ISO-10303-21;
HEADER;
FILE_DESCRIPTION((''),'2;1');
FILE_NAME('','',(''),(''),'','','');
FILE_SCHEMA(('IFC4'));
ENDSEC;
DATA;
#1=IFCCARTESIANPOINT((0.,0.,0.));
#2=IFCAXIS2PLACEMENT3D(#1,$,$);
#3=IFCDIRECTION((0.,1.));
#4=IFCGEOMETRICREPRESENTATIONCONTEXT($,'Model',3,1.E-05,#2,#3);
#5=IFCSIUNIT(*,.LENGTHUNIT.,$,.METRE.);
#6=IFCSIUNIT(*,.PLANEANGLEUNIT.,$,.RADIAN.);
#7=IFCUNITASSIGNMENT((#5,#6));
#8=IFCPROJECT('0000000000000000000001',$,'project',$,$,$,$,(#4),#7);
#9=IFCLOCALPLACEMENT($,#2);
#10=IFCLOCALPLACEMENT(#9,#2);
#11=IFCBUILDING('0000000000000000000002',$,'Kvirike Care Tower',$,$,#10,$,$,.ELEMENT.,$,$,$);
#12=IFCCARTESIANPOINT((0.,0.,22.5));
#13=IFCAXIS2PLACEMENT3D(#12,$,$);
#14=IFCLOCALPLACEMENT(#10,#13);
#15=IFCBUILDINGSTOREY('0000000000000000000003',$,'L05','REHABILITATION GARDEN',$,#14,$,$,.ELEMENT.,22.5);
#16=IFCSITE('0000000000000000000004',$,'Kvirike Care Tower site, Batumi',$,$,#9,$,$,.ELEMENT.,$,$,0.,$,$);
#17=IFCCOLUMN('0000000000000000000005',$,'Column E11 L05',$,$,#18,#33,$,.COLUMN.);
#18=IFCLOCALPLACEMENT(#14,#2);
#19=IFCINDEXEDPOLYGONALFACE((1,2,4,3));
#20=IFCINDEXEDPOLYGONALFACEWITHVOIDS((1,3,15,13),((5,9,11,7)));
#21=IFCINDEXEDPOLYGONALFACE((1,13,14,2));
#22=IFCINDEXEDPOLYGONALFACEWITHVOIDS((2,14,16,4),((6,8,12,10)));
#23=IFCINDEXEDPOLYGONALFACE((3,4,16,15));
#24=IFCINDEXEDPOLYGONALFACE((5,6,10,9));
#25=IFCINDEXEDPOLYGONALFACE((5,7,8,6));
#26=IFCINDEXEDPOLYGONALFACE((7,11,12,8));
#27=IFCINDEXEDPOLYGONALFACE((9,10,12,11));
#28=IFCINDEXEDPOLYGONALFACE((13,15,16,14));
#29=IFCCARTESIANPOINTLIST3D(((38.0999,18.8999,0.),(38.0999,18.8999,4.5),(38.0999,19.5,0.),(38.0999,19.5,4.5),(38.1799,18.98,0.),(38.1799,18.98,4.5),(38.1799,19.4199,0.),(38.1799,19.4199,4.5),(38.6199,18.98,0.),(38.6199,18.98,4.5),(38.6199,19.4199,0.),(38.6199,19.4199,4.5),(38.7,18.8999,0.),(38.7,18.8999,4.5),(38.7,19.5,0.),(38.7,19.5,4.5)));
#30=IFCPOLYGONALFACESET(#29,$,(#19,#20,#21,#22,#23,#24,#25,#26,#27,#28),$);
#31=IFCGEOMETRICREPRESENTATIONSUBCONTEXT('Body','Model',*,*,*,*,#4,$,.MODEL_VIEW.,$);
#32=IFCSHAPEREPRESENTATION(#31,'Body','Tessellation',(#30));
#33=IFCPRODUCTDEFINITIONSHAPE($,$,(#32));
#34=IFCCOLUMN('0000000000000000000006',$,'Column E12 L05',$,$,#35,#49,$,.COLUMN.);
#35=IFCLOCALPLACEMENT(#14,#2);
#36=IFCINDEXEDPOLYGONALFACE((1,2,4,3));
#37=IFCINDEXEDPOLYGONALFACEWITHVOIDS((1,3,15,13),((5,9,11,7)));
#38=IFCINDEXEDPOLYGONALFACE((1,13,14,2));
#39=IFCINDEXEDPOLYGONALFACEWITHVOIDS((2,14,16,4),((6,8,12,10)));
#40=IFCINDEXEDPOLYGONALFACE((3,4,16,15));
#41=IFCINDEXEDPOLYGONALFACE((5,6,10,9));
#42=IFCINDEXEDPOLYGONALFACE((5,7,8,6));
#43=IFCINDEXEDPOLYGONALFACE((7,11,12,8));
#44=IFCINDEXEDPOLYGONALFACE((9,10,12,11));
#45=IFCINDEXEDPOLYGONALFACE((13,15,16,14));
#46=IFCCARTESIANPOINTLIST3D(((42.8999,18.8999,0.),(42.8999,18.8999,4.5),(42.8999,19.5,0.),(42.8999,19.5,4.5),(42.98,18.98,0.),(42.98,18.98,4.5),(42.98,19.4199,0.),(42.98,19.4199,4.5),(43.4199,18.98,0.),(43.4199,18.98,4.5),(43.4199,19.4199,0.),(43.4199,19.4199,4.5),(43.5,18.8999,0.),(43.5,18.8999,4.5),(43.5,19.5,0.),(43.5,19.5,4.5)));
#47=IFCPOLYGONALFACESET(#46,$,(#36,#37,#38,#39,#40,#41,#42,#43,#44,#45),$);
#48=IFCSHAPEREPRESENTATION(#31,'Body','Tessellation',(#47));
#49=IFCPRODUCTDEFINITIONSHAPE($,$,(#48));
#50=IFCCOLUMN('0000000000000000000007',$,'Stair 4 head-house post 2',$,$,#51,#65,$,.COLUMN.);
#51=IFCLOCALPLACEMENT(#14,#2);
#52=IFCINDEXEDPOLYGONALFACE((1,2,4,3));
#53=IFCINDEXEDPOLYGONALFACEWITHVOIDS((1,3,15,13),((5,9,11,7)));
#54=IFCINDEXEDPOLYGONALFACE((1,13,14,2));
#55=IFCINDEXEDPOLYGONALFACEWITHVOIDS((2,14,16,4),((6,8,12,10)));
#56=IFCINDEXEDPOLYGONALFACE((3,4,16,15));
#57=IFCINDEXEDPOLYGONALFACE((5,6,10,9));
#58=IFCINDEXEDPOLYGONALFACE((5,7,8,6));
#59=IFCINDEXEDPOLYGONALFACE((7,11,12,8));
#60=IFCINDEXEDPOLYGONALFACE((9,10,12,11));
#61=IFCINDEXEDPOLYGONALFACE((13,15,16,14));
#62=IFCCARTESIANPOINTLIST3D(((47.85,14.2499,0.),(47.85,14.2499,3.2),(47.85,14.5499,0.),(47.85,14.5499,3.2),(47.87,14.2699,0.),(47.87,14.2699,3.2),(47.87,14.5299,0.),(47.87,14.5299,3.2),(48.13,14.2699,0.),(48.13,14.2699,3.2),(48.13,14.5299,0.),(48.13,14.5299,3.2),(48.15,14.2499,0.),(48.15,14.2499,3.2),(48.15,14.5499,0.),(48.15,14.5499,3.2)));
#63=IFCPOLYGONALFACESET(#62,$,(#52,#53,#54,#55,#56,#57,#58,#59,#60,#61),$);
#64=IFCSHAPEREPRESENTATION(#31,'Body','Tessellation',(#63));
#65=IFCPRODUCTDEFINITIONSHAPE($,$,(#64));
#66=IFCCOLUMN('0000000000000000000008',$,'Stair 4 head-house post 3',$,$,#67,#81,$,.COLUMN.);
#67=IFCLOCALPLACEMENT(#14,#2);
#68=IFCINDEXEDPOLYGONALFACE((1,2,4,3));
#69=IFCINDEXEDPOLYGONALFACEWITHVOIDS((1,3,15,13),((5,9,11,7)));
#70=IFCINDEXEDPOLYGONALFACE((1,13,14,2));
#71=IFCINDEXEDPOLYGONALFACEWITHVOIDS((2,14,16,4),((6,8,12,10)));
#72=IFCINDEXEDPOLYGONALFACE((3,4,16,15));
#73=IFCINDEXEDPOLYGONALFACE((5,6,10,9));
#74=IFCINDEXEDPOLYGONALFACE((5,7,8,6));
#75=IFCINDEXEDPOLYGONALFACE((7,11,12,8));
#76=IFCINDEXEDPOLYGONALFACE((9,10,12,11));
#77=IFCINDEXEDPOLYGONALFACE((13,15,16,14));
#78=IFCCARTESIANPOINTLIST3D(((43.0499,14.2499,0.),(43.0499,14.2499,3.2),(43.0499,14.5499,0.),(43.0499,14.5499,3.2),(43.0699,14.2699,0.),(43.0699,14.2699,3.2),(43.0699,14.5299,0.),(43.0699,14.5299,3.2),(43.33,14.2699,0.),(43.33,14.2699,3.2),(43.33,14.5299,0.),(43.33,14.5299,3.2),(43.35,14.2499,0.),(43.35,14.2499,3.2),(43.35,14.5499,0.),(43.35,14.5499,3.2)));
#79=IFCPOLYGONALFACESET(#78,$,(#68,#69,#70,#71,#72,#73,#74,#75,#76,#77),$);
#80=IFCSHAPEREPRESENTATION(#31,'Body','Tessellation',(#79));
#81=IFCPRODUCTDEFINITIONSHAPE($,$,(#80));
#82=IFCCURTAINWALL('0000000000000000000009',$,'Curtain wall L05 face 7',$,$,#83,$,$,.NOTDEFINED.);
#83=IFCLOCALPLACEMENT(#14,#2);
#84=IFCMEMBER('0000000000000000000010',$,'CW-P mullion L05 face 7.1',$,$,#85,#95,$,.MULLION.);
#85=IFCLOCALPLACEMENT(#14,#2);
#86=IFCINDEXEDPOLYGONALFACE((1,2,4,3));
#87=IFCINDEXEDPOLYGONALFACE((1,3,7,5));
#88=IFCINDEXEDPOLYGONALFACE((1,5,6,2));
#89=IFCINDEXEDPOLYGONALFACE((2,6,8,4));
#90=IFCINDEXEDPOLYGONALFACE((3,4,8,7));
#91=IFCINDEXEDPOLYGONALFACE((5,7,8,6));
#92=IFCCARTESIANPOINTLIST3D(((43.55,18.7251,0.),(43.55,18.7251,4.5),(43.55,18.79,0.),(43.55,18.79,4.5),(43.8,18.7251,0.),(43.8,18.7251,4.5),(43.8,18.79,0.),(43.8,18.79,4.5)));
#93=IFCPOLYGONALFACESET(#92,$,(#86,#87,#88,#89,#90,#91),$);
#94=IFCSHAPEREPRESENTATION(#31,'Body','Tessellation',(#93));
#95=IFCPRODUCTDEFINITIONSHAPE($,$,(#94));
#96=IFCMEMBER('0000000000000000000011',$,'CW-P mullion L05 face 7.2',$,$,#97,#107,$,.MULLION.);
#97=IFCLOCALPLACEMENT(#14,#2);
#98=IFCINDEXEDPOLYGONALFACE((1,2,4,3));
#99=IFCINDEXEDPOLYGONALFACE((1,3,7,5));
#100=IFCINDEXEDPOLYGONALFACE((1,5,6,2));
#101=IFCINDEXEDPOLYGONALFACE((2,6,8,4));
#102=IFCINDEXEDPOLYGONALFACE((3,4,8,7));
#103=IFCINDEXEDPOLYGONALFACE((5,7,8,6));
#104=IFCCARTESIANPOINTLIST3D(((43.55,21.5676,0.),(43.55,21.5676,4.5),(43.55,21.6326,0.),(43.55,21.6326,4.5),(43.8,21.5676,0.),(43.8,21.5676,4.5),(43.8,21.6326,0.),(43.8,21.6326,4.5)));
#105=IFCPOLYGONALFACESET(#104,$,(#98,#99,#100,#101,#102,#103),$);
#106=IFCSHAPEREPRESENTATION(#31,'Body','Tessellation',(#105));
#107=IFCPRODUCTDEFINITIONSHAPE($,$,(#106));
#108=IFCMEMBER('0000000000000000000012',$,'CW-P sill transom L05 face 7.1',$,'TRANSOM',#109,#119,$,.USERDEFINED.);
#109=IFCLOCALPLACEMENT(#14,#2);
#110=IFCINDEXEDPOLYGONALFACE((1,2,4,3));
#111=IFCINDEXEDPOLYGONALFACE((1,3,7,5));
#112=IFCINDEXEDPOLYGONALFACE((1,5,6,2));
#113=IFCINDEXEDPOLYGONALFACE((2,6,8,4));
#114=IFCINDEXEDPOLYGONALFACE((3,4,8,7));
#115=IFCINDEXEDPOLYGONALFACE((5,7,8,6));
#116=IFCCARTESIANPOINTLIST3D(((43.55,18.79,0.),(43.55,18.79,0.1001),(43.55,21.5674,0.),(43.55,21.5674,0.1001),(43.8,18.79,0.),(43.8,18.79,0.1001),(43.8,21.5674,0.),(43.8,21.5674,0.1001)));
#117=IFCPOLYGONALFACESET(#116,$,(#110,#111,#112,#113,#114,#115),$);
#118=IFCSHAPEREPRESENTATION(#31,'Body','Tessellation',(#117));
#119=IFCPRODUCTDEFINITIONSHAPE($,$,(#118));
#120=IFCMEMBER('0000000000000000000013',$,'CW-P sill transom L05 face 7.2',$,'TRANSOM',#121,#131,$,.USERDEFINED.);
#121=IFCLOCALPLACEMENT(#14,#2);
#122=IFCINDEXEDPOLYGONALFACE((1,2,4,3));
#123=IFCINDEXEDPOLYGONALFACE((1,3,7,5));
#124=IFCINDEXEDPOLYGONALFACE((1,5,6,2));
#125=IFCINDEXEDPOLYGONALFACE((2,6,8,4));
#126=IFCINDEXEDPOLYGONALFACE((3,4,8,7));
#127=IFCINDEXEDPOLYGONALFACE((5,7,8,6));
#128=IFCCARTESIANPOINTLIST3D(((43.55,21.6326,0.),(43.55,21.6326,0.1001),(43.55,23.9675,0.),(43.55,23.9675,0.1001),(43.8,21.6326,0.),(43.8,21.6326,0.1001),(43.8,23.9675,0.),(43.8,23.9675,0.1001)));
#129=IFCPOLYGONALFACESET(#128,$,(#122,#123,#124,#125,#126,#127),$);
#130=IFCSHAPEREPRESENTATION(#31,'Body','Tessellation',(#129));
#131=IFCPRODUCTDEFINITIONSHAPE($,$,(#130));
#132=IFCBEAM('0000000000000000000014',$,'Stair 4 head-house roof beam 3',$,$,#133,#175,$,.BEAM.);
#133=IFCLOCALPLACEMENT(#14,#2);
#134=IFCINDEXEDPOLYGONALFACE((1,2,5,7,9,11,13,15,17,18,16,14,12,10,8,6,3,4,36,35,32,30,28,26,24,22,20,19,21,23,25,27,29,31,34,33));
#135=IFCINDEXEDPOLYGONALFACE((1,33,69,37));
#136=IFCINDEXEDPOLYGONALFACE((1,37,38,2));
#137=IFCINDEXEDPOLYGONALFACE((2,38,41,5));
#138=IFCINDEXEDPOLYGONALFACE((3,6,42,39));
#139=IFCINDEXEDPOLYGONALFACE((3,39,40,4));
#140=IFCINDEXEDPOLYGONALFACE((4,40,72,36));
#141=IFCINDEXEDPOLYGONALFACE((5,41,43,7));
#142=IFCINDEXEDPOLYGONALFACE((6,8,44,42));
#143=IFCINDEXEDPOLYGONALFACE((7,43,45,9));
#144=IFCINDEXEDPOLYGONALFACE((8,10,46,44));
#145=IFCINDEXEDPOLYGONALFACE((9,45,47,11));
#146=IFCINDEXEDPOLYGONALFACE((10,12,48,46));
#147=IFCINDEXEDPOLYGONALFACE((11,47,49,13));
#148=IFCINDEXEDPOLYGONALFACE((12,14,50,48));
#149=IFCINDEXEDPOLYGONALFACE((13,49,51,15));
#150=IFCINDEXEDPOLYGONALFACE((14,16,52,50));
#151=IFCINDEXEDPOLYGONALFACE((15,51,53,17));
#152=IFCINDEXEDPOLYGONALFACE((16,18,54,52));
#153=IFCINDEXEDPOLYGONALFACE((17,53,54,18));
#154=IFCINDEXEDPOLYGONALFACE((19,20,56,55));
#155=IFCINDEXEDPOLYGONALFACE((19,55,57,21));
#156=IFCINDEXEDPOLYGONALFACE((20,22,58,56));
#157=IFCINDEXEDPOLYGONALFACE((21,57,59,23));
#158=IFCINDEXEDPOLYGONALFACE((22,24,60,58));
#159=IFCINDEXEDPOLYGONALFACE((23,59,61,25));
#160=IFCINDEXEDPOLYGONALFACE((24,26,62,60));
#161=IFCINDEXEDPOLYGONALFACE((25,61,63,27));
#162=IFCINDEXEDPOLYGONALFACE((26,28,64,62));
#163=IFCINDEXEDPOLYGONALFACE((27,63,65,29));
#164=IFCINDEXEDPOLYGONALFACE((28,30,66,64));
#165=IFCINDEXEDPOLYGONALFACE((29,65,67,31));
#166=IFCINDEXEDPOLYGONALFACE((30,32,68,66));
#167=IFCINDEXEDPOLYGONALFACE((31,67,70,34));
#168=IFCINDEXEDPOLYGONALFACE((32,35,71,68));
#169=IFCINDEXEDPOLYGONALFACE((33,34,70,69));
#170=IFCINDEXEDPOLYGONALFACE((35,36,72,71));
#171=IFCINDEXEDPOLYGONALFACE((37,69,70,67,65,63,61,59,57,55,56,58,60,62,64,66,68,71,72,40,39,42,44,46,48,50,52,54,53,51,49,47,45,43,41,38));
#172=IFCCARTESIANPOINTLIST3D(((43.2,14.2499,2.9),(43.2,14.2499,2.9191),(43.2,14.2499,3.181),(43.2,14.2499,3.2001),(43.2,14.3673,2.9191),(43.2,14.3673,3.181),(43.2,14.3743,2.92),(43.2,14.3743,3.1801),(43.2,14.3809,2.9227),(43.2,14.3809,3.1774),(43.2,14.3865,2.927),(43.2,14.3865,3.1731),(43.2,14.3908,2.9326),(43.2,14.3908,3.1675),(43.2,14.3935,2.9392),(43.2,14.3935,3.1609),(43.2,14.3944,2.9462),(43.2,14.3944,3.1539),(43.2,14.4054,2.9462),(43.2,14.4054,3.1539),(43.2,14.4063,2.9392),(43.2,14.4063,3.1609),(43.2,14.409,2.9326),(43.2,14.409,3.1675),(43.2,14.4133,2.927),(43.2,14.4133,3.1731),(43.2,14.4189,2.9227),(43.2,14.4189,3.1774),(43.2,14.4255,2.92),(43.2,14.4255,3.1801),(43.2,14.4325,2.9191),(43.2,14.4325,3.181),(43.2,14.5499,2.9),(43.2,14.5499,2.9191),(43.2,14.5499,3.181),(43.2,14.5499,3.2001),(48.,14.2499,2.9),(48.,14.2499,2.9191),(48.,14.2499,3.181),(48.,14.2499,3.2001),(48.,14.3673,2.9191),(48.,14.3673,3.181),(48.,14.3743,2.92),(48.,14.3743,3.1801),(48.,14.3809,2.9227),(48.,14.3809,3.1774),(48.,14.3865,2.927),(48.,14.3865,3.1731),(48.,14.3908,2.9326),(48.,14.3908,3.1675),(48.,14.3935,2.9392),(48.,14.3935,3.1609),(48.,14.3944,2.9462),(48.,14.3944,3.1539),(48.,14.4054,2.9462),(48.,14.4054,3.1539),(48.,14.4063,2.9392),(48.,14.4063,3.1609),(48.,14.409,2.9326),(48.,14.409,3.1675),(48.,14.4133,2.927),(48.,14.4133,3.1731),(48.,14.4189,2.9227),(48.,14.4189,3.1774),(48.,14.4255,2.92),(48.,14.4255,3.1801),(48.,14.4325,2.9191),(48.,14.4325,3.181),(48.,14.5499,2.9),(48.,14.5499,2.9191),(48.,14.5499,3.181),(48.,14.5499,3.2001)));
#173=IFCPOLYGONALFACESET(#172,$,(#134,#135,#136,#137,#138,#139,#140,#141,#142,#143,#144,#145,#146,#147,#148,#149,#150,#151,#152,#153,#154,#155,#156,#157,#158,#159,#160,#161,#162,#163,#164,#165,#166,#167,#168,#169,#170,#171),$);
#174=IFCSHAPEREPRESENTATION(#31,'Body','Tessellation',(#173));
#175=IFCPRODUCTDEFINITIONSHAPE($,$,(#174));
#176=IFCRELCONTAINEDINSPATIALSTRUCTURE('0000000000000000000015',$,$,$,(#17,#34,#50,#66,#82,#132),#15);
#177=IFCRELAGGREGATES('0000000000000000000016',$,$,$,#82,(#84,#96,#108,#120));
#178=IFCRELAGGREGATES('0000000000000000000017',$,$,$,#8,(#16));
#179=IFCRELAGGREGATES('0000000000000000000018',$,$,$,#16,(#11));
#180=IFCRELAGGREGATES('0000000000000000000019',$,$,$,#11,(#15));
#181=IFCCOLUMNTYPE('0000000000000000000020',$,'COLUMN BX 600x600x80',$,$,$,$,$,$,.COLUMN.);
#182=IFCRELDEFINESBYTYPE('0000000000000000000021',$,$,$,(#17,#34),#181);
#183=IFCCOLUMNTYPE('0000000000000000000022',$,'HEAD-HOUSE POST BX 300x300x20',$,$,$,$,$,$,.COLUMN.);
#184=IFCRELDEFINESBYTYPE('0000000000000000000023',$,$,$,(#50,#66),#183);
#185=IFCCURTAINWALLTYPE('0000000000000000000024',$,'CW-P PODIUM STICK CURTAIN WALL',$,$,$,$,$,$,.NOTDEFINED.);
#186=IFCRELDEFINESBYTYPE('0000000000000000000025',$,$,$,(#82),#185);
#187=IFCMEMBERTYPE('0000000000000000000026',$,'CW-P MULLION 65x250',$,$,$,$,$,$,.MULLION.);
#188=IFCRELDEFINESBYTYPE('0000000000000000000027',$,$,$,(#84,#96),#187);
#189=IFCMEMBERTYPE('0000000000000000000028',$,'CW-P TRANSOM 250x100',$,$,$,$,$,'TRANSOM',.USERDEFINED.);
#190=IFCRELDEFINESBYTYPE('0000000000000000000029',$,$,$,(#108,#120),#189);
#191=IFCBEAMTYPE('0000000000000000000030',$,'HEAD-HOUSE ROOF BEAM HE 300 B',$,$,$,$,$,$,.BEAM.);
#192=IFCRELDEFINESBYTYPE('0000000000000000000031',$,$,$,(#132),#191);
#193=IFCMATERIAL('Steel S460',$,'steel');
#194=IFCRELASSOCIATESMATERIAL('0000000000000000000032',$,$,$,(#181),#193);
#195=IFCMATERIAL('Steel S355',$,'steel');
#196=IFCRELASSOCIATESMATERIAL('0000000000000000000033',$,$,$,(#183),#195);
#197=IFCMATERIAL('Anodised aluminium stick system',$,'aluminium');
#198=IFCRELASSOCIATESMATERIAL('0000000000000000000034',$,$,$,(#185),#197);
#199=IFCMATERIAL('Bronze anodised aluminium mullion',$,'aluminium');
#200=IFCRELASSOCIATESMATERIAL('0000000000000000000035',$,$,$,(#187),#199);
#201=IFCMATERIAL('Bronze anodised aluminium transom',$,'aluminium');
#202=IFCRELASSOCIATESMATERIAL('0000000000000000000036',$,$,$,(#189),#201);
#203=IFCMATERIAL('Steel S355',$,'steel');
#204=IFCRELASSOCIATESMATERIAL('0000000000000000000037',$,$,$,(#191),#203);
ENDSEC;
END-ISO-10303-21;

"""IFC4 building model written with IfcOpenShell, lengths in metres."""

from ifc_helpers import new_model, si_unit, direction, frame, origin, origin_2d, place, context, subcontext, project, spatial, rectangle, hollow_rectangle, i_section, extrude, material, material_profile, profile_set, type_object, element, aggregate, save


model = new_model("IFC4")

# Units and contexts
model_context = context("Model", 3, precision=1e-05, world=origin(), true_north=direction((0.0, 1.0)))
body_context = subcontext(model_context, "Body", "Model", "MODEL_VIEW")
ifc_project = project(units=[si_unit("LENGTHUNIT", "METRE"), si_unit("PLANEANGLEUNIT", "RADIAN")], contexts=[model_context])

# Site, building, storey
site_placement = place(None, origin())
site = spatial("IfcSite", under=ifc_project, at=site_placement, Name="Kvirike Care Tower site, Batumi", CompositionType="ELEMENT", RefElevation=0.0)
building_placement = place(site_placement, origin())
building = spatial("IfcBuilding", under=site, at=building_placement, Name="Kvirike Care Tower", CompositionType="ELEMENT")
storey_placement = place(building_placement, frame((0.0, 0.0, 22.5)))
storey = spatial("IfcBuildingStorey", under=building, at=storey_placement, Name="L05", Description="REHABILITATION GARDEN", CompositionType="ELEMENT", Elevation=22.5)

# Columns
ifc_material_1 = material(Name="Steel S460", Category="steel")
ifc_material_profile_1 = material_profile(ifc_material_1, hollow_rectangle(XDim=0.6001, YDim=0.6001, WallThickness=0.0801, at=origin_2d()), Name="BX 600x600x80")
ifc_profile_set_1 = profile_set([ifc_material_profile_1], Name="Steel S460")
column_type_1 = type_object("IfcColumnType", Name="COLUMN BX 600x600x80", PredefinedType="COLUMN", material=ifc_profile_set_1)
for number, where, z_axis, x_axis, name in (
    (1, (38.3999, 19.2, 0.0), (0.0, 0.0, 1.0), (0.0, 1.0, 0.0), "Column E11 L05"),
    (2, (43.2, 19.2, 0.0), (0.0, 0.0, 1.0), (0.0, 1.0, 0.0), "Column E12 L05"),
):
    element("IfcColumn", number, at=place(storey_placement, frame(where, z_axis=z_axis, x_axis=x_axis)), inside=storey, type_object=column_type_1, Name=name, PredefinedType="COLUMN", context=body_context, shape_type="SweptSolid", body=[
        extrude(hollow_rectangle(XDim=0.6001, YDim=0.6001, WallThickness=0.0801, at=origin_2d()), origin(), (0.0, 0.0, 1.0), 4.5),
    ])
ifc_material_2 = material(Name="Steel S355", Category="steel")
ifc_material_profile_2 = material_profile(ifc_material_2, hollow_rectangle(XDim=0.3, YDim=0.3, WallThickness=0.02, at=origin_2d()), Name="BX 300x300x20")
ifc_profile_set_2 = profile_set([ifc_material_profile_2], Name="Steel S355")
column_type_2 = type_object("IfcColumnType", Name="HEAD-HOUSE POST BX 300x300x20", PredefinedType="COLUMN", material=ifc_profile_set_2)
for number, where, z_axis, x_axis, name in (
    (3, (48.0, 14.3999, 0.0), (0.0, 0.0, 1.0), (1.0, 0.0, 0.0), "Stair 4 head-house post 2"),
    (4, (43.2, 14.3999, 0.0), (0.0, 0.0, 1.0), (1.0, 0.0, 0.0), "Stair 4 head-house post 3"),
):
    element("IfcColumn", number, at=place(storey_placement, frame(where, z_axis=z_axis, x_axis=x_axis)), inside=storey, type_object=column_type_2, Name=name, PredefinedType="COLUMN", context=body_context, shape_type="SweptSolid", body=[
        extrude(hollow_rectangle(XDim=0.3, YDim=0.3, WallThickness=0.02, at=origin_2d()), origin(), (0.0, 0.0, 1.0), 3.2),
    ])

# Curtain wall, members
ifc_material_3 = material(Name="Anodised aluminium stick system", Category="aluminium")
curtain_wall_type = type_object("IfcCurtainWallType", Name="CW-P PODIUM STICK CURTAIN WALL", PredefinedType="NOTDEFINED", material=ifc_material_3)
curtain_wall_placement = place(storey_placement, origin())
curtain_wall = element("IfcCurtainWall", 5, at=curtain_wall_placement, inside=storey, type_object=curtain_wall_type, Name="Curtain wall L05 face 7", PredefinedType="NOTDEFINED")
ifc_material_4 = material(Name="Bronze anodised aluminium mullion", Category="aluminium")
ifc_material_profile_3 = material_profile(ifc_material_4, rectangle(XDim=0.0649, YDim=0.25, at=origin_2d()), Name="CW-P MULLION 65x250")
ifc_profile_set_3 = profile_set([ifc_material_profile_3], Name="Bronze anodised aluminium mullion")
member_type_1 = type_object("IfcMemberType", Name="CW-P MULLION 65x250", PredefinedType="MULLION", material=ifc_profile_set_3)
member_1_placement = place(storey_placement, frame((43.675, 18.7576, 0.0), z_axis=(0.0, 0.0, 1.0), x_axis=(0.0, 1.0, 0.0)))
member_1 = element("IfcMember", 6, at=member_1_placement, type_object=member_type_1, Name="CW-P mullion L05 face 7.1", PredefinedType="MULLION", context=body_context, shape_type="SweptSolid", body=[
    extrude(rectangle(XDim=0.0649, YDim=0.25, at=origin_2d()), origin(), (0.0, 0.0, 1.0), 4.5),
])
member_2_placement = place(storey_placement, frame((43.675, 21.6001, 0.0), z_axis=(0.0, 0.0, 1.0), x_axis=(0.0, 1.0, 0.0)))
member_2 = element("IfcMember", 7, at=member_2_placement, type_object=member_type_1, Name="CW-P mullion L05 face 7.2", PredefinedType="MULLION", context=body_context, shape_type="SweptSolid", body=[
    extrude(rectangle(XDim=0.0649, YDim=0.25, at=origin_2d()), origin(), (0.0, 0.0, 1.0), 4.5),
])
ifc_material_5 = material(Name="Bronze anodised aluminium transom", Category="aluminium")
ifc_material_profile_4 = material_profile(ifc_material_5, rectangle(XDim=0.25, YDim=0.1001, at=origin_2d()), Name="CW-P TRANSOM 250x100")
ifc_profile_set_4 = profile_set([ifc_material_profile_4], Name="Bronze anodised aluminium transom")
member_type_2 = type_object("IfcMemberType", Name="CW-P TRANSOM 250x100", ElementType="TRANSOM", PredefinedType="USERDEFINED", material=ifc_profile_set_4)
member_3_placement = place(storey_placement, frame((43.675, 18.79, 0.05), z_axis=(0.0, 1.0, 0.0), x_axis=(-1.0, 0.0, 0.0)))
member_3 = element("IfcMember", 8, at=member_3_placement, type_object=member_type_2, Name="CW-P sill transom L05 face 7.1", ObjectType="TRANSOM", PredefinedType="USERDEFINED", context=body_context, shape_type="SweptSolid", body=[
    extrude(rectangle(XDim=0.25, YDim=0.1001, at=origin_2d()), origin(), (0.0, 0.0, 1.0), 2.7773),
])
member_4_placement = place(storey_placement, frame((43.675, 21.6326, 0.05), z_axis=(0.0, 1.0, 0.0), x_axis=(-1.0, 0.0, 0.0)))
member_4 = element("IfcMember", 9, at=member_4_placement, type_object=member_type_2, Name="CW-P sill transom L05 face 7.2", ObjectType="TRANSOM", PredefinedType="USERDEFINED", context=body_context, shape_type="SweptSolid", body=[
    extrude(rectangle(XDim=0.25, YDim=0.1001, at=origin_2d()), origin(), (0.0, 0.0, 1.0), 2.335),
])

# Beam
ifc_material_6 = material(Name="Steel S355", Category="steel")
ifc_material_profile_5 = material_profile(ifc_material_6, i_section(OverallWidth=0.3, OverallDepth=0.3, WebThickness=0.011, FlangeThickness=0.019, FilletRadius=0.0271, at=origin_2d()), Name="HE 300 B")
ifc_profile_set_5 = profile_set([ifc_material_profile_5], Name="Steel S355")
beam_type_1 = type_object("IfcBeamType", Name="HEAD-HOUSE ROOF BEAM HE 300 B", PredefinedType="BEAM", material=ifc_profile_set_5)
beam_placement = place(storey_placement, frame((48.0, 14.3999, 3.05), z_axis=(-1.0, 0.0, 0.0), x_axis=(0.0, -1.0, 0.0)))
element("IfcBeam", 10, at=beam_placement, inside=storey, type_object=beam_type_1, Name="Stair 4 head-house roof beam 3", PredefinedType="BEAM", context=body_context, shape_type="SweptSolid", body=[
    extrude(i_section(OverallWidth=0.3, OverallDepth=0.3, WebThickness=0.011, FlangeThickness=0.019, FilletRadius=0.0271, at=origin_2d()), origin(), (0.0, 0.0, 1.0), 4.8),
])

aggregate(curtain_wall, [member_1, member_2, member_3, member_4])

save(model, "model.ifc")
